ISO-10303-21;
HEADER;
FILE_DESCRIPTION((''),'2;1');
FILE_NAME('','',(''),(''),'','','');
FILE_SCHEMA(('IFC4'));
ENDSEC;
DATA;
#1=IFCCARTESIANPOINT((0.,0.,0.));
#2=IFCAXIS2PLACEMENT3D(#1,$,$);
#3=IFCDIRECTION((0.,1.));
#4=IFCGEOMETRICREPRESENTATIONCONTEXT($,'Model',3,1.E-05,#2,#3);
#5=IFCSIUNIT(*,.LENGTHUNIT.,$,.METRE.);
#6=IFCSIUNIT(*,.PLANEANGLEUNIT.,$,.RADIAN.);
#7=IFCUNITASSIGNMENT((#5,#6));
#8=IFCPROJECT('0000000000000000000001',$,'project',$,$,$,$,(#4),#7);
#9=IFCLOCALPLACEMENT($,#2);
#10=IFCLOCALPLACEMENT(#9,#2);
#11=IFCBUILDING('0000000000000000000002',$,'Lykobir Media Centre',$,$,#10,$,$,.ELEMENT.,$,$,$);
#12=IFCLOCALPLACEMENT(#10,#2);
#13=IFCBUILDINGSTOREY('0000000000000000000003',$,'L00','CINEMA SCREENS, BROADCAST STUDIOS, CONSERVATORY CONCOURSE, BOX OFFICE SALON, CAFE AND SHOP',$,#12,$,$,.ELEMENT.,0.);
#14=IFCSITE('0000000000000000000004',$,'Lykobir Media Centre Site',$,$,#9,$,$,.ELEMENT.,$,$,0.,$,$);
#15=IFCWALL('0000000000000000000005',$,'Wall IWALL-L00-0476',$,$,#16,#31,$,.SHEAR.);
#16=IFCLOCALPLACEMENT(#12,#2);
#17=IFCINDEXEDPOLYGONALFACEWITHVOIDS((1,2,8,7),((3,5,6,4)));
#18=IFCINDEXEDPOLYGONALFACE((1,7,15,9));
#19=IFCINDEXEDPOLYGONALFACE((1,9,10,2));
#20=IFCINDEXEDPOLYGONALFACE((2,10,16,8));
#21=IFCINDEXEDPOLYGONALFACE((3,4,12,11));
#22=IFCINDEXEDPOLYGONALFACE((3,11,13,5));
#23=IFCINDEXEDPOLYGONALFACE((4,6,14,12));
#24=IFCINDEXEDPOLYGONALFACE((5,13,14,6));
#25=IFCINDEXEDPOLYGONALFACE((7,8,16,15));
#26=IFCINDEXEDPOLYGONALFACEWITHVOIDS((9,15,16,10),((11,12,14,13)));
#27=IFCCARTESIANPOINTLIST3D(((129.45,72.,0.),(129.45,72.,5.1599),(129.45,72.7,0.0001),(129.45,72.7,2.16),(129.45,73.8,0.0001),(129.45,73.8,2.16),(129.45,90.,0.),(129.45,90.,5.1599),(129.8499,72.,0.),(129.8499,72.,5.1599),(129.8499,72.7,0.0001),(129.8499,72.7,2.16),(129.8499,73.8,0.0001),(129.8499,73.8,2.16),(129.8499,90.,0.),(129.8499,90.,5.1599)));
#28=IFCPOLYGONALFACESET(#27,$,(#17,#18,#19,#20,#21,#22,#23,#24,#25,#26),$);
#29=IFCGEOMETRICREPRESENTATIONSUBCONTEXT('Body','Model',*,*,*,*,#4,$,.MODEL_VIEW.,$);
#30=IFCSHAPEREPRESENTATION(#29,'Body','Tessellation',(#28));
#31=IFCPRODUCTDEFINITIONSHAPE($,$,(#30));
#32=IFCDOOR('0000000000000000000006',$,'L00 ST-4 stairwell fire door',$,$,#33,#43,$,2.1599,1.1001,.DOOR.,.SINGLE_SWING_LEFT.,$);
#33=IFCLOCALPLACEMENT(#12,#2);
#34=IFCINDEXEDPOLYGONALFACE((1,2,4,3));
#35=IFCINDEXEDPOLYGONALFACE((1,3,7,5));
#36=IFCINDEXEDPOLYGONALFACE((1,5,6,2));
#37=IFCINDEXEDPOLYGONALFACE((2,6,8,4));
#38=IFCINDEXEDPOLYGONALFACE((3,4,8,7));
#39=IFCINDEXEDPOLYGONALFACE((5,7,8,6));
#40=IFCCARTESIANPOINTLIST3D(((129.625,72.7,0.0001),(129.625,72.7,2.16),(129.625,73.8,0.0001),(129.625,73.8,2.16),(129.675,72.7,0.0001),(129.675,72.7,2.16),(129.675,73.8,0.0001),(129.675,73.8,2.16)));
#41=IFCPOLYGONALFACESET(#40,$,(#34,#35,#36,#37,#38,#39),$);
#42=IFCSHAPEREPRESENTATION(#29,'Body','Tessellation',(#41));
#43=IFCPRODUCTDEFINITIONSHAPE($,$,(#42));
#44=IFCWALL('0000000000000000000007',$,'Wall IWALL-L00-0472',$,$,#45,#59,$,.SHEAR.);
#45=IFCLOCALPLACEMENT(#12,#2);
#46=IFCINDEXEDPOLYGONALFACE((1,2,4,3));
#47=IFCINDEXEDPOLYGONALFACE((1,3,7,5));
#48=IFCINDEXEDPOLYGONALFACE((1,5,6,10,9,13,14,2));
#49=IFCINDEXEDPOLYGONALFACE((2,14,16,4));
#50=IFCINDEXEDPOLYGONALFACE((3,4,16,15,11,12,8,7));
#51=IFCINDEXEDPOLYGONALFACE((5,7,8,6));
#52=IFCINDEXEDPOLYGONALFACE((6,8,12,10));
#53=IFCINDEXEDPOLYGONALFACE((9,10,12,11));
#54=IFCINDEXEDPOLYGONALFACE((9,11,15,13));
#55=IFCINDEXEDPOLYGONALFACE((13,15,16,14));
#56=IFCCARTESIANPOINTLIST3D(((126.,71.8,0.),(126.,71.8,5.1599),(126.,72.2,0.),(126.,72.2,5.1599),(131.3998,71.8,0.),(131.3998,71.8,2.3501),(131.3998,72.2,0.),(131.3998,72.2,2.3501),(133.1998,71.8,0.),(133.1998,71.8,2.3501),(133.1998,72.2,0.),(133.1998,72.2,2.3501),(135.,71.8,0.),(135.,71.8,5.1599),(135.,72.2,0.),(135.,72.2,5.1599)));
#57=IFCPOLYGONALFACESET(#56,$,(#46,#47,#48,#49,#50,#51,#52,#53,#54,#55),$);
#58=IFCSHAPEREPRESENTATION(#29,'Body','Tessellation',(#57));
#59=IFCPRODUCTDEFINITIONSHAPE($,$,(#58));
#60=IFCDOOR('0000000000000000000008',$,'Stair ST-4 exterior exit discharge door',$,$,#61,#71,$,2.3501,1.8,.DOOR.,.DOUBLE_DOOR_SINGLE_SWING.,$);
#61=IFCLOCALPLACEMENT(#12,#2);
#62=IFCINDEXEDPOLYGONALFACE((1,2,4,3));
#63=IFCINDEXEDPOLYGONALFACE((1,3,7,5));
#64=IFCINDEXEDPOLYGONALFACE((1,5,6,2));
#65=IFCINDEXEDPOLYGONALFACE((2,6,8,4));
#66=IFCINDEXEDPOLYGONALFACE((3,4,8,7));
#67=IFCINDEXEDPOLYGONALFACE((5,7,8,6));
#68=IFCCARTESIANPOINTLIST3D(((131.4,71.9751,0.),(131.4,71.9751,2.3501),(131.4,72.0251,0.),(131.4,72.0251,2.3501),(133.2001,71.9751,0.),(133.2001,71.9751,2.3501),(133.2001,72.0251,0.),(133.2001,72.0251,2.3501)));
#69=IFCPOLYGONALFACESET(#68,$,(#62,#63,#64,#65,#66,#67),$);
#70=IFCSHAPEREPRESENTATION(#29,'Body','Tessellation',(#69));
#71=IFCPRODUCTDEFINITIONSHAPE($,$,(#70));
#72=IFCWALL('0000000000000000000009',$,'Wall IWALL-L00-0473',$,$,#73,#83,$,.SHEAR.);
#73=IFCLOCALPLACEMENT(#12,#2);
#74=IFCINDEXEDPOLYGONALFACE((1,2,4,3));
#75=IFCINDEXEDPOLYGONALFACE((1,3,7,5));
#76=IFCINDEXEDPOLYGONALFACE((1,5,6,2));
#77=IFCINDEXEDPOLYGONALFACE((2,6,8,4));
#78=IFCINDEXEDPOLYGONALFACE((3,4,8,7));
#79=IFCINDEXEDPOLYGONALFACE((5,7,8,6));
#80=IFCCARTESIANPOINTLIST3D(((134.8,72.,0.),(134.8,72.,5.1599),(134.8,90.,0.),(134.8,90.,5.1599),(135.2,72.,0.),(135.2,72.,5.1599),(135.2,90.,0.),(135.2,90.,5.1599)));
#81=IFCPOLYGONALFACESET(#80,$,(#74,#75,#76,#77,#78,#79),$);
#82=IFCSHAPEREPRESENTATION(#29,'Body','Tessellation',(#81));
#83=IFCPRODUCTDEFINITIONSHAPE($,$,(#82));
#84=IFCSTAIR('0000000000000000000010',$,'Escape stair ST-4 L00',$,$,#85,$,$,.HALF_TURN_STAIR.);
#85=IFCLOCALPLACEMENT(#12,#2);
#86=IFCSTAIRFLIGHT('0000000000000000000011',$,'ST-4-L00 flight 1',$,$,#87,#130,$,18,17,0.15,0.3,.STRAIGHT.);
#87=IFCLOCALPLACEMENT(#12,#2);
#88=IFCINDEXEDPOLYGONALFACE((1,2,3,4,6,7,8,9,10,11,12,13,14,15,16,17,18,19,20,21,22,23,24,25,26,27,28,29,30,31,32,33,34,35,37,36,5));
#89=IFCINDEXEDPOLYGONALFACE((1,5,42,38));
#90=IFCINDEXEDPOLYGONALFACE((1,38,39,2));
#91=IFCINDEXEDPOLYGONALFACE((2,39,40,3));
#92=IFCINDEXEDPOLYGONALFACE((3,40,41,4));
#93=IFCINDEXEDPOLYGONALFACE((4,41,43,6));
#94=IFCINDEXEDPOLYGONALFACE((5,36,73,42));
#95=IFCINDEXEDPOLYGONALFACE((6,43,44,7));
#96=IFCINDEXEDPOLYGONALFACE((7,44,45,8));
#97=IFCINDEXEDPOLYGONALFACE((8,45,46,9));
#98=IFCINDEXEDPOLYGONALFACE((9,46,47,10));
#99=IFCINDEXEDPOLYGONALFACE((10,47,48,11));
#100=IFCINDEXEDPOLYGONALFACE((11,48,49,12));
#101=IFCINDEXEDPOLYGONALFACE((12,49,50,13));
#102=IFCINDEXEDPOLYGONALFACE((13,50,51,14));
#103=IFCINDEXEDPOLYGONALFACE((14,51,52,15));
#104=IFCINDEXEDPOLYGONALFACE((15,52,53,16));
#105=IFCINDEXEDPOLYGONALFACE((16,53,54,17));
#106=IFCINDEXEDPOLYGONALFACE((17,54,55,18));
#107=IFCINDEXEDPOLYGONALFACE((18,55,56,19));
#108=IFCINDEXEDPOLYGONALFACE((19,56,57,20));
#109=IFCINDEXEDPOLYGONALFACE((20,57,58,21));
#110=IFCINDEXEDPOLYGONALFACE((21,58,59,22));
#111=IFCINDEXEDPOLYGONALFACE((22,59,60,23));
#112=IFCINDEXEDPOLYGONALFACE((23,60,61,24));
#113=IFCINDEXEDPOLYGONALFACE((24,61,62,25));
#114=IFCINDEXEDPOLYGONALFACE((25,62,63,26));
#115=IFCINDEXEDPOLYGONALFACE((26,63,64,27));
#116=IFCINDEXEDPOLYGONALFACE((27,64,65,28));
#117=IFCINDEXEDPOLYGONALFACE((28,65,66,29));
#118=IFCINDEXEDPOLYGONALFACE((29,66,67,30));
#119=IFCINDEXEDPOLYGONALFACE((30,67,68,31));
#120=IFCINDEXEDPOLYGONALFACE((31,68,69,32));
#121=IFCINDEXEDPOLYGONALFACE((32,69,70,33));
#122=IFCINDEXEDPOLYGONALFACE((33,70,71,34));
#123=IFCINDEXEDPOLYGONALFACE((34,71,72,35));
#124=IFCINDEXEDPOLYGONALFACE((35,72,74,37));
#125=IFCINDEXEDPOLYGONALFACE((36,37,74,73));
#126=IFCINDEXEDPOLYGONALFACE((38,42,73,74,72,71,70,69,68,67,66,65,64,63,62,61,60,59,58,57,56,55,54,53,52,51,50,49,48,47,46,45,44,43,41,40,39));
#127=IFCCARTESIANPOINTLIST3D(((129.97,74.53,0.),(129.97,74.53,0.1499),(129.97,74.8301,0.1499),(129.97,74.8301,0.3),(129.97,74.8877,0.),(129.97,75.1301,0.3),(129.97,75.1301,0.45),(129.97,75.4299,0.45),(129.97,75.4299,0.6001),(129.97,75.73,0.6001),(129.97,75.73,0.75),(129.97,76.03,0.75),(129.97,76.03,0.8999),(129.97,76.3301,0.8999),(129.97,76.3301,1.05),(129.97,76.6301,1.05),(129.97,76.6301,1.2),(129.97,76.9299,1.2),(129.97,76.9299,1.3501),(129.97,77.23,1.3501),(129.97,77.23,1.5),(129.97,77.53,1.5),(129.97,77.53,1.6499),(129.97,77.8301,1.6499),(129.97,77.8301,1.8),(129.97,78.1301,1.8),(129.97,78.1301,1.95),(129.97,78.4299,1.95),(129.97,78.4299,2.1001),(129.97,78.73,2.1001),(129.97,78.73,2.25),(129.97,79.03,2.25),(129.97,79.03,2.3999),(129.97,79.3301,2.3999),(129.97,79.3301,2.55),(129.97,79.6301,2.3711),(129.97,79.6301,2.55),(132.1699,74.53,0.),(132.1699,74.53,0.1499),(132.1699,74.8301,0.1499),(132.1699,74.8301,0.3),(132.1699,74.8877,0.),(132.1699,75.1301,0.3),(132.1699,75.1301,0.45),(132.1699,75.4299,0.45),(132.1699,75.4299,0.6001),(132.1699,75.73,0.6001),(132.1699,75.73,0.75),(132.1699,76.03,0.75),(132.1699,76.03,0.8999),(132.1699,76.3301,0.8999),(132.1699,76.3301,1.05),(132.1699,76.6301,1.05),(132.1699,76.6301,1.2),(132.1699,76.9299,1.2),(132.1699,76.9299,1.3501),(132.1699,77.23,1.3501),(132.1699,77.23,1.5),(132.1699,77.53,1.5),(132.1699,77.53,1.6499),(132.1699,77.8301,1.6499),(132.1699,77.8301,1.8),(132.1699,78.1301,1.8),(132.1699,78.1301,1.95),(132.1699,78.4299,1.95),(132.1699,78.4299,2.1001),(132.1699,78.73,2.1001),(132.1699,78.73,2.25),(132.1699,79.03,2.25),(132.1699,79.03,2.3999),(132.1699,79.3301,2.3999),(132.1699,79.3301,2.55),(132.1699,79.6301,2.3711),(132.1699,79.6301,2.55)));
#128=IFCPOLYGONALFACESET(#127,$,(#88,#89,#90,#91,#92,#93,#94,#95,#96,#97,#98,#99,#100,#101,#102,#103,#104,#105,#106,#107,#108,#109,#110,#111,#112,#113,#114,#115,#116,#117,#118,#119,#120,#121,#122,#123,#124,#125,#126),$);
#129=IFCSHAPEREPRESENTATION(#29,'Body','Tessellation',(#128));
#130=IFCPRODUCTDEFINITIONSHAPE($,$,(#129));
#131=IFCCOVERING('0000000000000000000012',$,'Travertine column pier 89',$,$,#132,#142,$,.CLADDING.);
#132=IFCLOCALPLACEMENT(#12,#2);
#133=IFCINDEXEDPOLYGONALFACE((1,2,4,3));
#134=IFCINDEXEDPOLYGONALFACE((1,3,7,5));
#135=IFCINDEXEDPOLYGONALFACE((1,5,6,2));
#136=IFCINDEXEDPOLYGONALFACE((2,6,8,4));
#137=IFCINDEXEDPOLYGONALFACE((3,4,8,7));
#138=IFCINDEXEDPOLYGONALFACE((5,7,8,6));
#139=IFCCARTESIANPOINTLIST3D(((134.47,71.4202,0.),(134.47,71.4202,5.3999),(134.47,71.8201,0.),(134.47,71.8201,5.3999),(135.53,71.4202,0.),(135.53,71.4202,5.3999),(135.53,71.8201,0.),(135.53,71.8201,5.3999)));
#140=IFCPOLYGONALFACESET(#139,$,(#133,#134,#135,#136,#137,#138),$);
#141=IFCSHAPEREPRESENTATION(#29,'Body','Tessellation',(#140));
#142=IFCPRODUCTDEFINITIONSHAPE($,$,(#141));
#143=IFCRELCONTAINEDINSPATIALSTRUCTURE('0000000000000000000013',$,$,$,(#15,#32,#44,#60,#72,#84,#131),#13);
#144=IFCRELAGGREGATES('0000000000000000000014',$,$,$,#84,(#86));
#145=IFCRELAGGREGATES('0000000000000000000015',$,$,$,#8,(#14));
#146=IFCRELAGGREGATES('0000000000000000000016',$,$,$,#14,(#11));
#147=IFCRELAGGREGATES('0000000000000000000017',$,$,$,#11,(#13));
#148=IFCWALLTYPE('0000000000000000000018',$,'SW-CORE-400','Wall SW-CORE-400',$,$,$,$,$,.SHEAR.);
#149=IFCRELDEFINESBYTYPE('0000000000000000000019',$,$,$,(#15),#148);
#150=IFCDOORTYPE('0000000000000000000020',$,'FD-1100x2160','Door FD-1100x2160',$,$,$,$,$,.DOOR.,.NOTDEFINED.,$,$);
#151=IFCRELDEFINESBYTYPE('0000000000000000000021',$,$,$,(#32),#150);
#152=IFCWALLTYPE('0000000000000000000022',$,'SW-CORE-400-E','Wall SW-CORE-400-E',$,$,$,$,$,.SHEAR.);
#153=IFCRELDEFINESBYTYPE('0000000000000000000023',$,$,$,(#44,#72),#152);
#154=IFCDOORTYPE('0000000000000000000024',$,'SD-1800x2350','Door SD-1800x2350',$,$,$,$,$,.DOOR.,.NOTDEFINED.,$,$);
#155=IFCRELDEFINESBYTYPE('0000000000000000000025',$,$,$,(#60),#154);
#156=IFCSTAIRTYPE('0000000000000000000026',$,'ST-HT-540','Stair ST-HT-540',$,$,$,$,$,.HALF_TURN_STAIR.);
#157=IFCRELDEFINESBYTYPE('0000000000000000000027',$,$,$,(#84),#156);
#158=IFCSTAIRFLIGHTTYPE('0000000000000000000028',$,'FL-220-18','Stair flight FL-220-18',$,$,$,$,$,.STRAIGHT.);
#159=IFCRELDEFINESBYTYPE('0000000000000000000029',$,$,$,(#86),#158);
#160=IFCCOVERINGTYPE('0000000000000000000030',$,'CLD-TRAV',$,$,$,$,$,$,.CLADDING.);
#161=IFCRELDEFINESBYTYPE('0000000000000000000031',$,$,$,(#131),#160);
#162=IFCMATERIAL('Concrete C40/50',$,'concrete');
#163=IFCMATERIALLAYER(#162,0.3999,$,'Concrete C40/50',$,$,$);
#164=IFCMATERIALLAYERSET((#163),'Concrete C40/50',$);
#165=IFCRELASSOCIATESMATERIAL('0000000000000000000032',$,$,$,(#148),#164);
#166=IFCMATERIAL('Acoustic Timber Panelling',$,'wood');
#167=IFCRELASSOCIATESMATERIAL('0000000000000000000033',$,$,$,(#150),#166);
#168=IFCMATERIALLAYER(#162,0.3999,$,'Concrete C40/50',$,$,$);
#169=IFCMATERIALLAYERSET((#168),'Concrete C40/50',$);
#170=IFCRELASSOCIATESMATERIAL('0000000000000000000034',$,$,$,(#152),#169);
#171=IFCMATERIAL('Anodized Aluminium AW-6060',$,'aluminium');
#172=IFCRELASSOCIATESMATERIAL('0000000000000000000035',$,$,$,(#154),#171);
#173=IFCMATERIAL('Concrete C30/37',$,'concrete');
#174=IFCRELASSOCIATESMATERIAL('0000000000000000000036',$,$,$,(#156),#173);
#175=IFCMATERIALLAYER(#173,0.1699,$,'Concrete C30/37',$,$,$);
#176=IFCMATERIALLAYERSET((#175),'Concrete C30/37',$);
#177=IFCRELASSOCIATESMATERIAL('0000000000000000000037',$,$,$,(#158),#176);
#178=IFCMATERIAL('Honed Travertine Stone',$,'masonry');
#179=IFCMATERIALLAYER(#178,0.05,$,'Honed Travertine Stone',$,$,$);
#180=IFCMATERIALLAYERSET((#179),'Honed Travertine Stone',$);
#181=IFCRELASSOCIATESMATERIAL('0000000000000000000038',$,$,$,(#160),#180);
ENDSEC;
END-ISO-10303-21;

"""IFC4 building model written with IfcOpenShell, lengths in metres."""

from ifc_helpers import new_model, si_unit, direction, frame, frame_2d, origin, origin_2d, place, context, subcontext, project, spatial, polyline, rectangle, outline, extrude, material, layer, layer_set, type_object, element, fill, aggregate, save


model = new_model("IFC4")

# Units and contexts
model_context = context("Model", 3, precision=1e-05, world=origin(), true_north=direction((0.0, 1.0)))
body_context = subcontext(model_context, "Body", "Model", "MODEL_VIEW")
ifc_project = project(units=[si_unit("LENGTHUNIT", "METRE"), si_unit("PLANEANGLEUNIT", "RADIAN")], contexts=[model_context])

# Site, building, storey
site_placement = place(None, origin())
site = spatial("IfcSite", under=ifc_project, at=site_placement, Name="Lykobir Media Centre Site", CompositionType="ELEMENT", RefElevation=0.0)
building_placement = place(site_placement, origin())
building = spatial("IfcBuilding", under=site, at=building_placement, Name="Lykobir Media Centre", CompositionType="ELEMENT")
storey_placement = place(building_placement, origin())
storey = spatial("IfcBuildingStorey", under=building, at=storey_placement, Name="L00", Description="CINEMA SCREENS, BROADCAST STUDIOS, CONSERVATORY CONCOURSE, BOX OFFICE SALON, CAFE AND SHOP", CompositionType="ELEMENT", Elevation=0.0)

# Shared definitions
ifc_material_1 = material(Name="Concrete C40/50", Category="concrete")

# Shared definitions
ifc_material_2 = material(Name="Anodized Aluminium AW-6060", Category="aluminium")

# Walls, openings, doors
ifc_layer_1 = layer(ifc_material_1, 0.3999, Name="Concrete C40/50")
ifc_layer_set_1 = layer_set([ifc_layer_1], Name="Concrete C40/50")
wall_type_1 = type_object("IfcWallType", Name="SW-CORE-400", Description="Wall SW-CORE-400", PredefinedType="SHEAR", material=ifc_layer_set_1)
wall_1_placement = place(storey_placement, frame((129.6499, 72.0, 0.0), z_axis=(0.0, 0.0, 1.0), x_axis=(0.0, 1.0, 0.0)))
wall_1 = element("IfcWall", 1, at=wall_1_placement, inside=storey, type_object=wall_type_1, Name="Wall IWALL-L00-0476", PredefinedType="SHEAR", context=body_context, shape_type="SweptSolid", body=[
    extrude(rectangle(XDim=18.0, YDim=0.3999, at=frame_2d((9.0, 0.0))), origin(), (0.0, 0.0, 1.0), 5.1599),
])
opening_1_placement = place(wall_1_placement, frame((0.7, 0.0, 0.0)))
opening_1 = element("IfcOpeningElement", 2, at=opening_1_placement, cuts=wall_1, PredefinedType="OPENING", context=body_context, shape_type="SweptSolid", body=[
    extrude(rectangle(XDim=1.1001, YDim=2.1599, at=frame_2d((0.55, 1.0801))), frame((0.0, 0.21, 0.0), z_axis=(0.0, -1.0, 0.0), x_axis=(1.0, 0.0, 0.0)), (0.0, 0.0, 1.0), 0.4199),
])
ifc_material_3 = material(Name="Acoustic Timber Panelling", Category="wood")
door_type_1 = type_object("IfcDoorType", Name="FD-1100x2160", Description="Door FD-1100x2160", OperationType="NOTDEFINED", PredefinedType="DOOR", material=ifc_material_3)
door_1_placement = place(opening_1_placement, origin())
door_1 = element("IfcDoor", 3, at=door_1_placement, inside=storey, type_object=door_type_1, Name="L00 ST-4 stairwell fire door", OperationType="SINGLE_SWING_LEFT", OverallHeight=2.1599, OverallWidth=1.1001, PredefinedType="DOOR", context=body_context, shape_type="SweptSolid", body=[
    extrude(rectangle(XDim=1.1001, YDim=2.1599, at=frame_2d((0.55, 1.0801))), frame((0.0, 0.0249, 0.0), z_axis=(0.0, -1.0, 0.0), x_axis=(1.0, 0.0, 0.0)), (0.0, 0.0, 1.0), 0.05),
])
fill(opening_1, door_1)
ifc_layer_2 = layer(ifc_material_1, 0.3999, Name="Concrete C40/50")
ifc_layer_set_2 = layer_set([ifc_layer_2], Name="Concrete C40/50")
wall_type_2 = type_object("IfcWallType", Name="SW-CORE-400-E", Description="Wall SW-CORE-400-E", PredefinedType="SHEAR", material=ifc_layer_set_2)
wall_2_placement = place(storey_placement, frame((126.0, 72.0, 0.0), z_axis=(0.0, 0.0, 1.0), x_axis=(1.0, 0.0, 0.0)))
wall_2 = element("IfcWall", 4, at=wall_2_placement, inside=storey, type_object=wall_type_2, Name="Wall IWALL-L00-0472", PredefinedType="SHEAR", context=body_context, shape_type="SweptSolid", body=[
    extrude(rectangle(XDim=9.0, YDim=0.3999, at=frame_2d((4.5, 0.0))), origin(), (0.0, 0.0, 1.0), 5.1599),
])
opening_2_placement = place(wall_2_placement, frame((5.3999, 0.0, 0.0)))
opening_2 = element("IfcOpeningElement", 5, at=opening_2_placement, cuts=wall_2, PredefinedType="OPENING", context=body_context, shape_type="SweptSolid", body=[
    extrude(rectangle(XDim=1.8, YDim=2.3501, at=frame_2d((0.8999, 1.175))), frame((0.0, 0.21, 0.0), z_axis=(0.0, -1.0, 0.0), x_axis=(1.0, 0.0, 0.0)), (0.0, 0.0, 1.0), 0.4199),
])
door_type_2 = type_object("IfcDoorType", Name="SD-1800x2350", Description="Door SD-1800x2350", OperationType="NOTDEFINED", PredefinedType="DOOR", material=ifc_material_2)
door_2_placement = place(opening_2_placement, frame((1.8, 0.0, 0.0), z_axis=(0.0, 0.0, 1.0), x_axis=(-1.0, 0.0, 0.0)))
door_2 = element("IfcDoor", 6, at=door_2_placement, inside=storey, type_object=door_type_2, Name="Stair ST-4 exterior exit discharge door", OperationType="DOUBLE_DOOR_SINGLE_SWING", OverallHeight=2.3501, OverallWidth=1.8, PredefinedType="DOOR", context=body_context, shape_type="SweptSolid", body=[
    extrude(rectangle(XDim=1.8, YDim=2.3501, at=frame_2d((0.8999, 1.175))), frame((0.0, 0.0249, 0.0), z_axis=(0.0, -1.0, 0.0), x_axis=(1.0, 0.0, 0.0)), (0.0, 0.0, 1.0), 0.05),
])
fill(opening_2, door_2)

# Wall
wall_3_placement = place(storey_placement, frame((135.0, 72.0, 0.0), z_axis=(0.0, 0.0, 1.0), x_axis=(0.0, 1.0, 0.0)))
element("IfcWall", 7, at=wall_3_placement, inside=storey, type_object=wall_type_2, Name="Wall IWALL-L00-0473", PredefinedType="SHEAR", context=body_context, shape_type="SweptSolid", body=[
    extrude(rectangle(XDim=18.0, YDim=0.3999, at=frame_2d((9.0, 0.0))), origin(), (0.0, 0.0, 1.0), 5.1599),
])

# Stair, stair flight
ifc_material_4 = material(Name="Concrete C30/37", Category="concrete")
stair_type = type_object("IfcStairType", Name="ST-HT-540", Description="Stair ST-HT-540", PredefinedType="HALF_TURN_STAIR", material=ifc_material_4)
stair_placement = place(storey_placement, origin())
stair = element("IfcStair", 8, at=stair_placement, inside=storey, type_object=stair_type, Name="Escape stair ST-4 L00", PredefinedType="HALF_TURN_STAIR")
ifc_layer_3 = layer(ifc_material_4, 0.1699, Name="Concrete C30/37")
ifc_layer_set_3 = layer_set([ifc_layer_3], Name="Concrete C30/37")
stair_flight_type = type_object("IfcStairFlightType", Name="FL-220-18", Description="Stair flight FL-220-18", PredefinedType="STRAIGHT", material=ifc_layer_set_3)
stair_flight_placement = place(storey_placement, frame((131.0701, 74.53, 0.0), z_axis=(0.0, 0.0, 1.0), x_axis=(0.0, 1.0, 0.0)))
stair_flight = element("IfcStairFlight", 9, at=stair_flight_placement, type_object=stair_flight_type, Name="ST-4-L00 flight 1", NumberOfRisers=18, NumberOfTreads=17, PredefinedType="STRAIGHT", RiserHeight=0.15, TreadLength=0.3, context=body_context, shape_type="SweptSolid", body=[
    extrude(outline(polyline([(0.0, 0.0), (0.0, 0.1499), (0.3, 0.1499), (0.3, 0.3), (0.6001, 0.3), (0.6001, 0.45), (0.8999, 0.45), (0.8999, 0.6001), (1.2, 0.6001), (1.2, 0.75), (1.5, 0.75), (1.5, 0.8999), (1.8, 0.8999), (1.8, 1.05), (2.1001, 1.05), (2.1001, 1.2), (2.3999, 1.2), (2.3999, 1.3501), (2.7, 1.3501), (2.7, 1.5), (3.0, 1.5), (3.0, 1.6499), (3.3, 1.6499), (3.3, 1.8), (3.6001, 1.8), (3.6001, 1.95), (3.8999, 1.95), (3.8999, 2.1001), (4.2, 2.1001), (4.2, 2.25), (4.5, 2.25), (4.5, 2.3999), (4.8, 2.3999), (4.8, 2.55), (5.1001, 2.55), (5.1001, 2.7), (5.1001, 2.3711), (0.3577, 0.0), (0.0, 0.0)])), frame((0.0, 1.1001, 0.0), z_axis=(0.0, -1.0, 0.0), x_axis=(1.0, 0.0, 0.0)), (0.0, 0.0, 1.0), 2.2),
])
aggregate(stair, [stair_flight])

# Covering
ifc_material_5 = material(Name="Honed Travertine Stone", Category="masonry")
ifc_layer_4 = layer(ifc_material_5, 0.05, Name="Honed Travertine Stone")
ifc_layer_set_4 = layer_set([ifc_layer_4], Name="Honed Travertine Stone")
covering_type = type_object("IfcCoveringType", Name="CLD-TRAV", PredefinedType="CLADDING", material=ifc_layer_set_4)
covering_placement = place(storey_placement, frame((135.0, 71.6201, 0.0), z_axis=(0.0, 0.0, 1.0), x_axis=(1.0, 0.0, 0.0)))
element("IfcCovering", 10, at=covering_placement, inside=storey, type_object=covering_type, Name="Travertine column pier 89", PredefinedType="CLADDING", context=body_context, shape_type="SweptSolid", body=[
    extrude(rectangle(XDim=1.0601, YDim=0.3999, at=origin_2d()), origin(), (0.0, 0.0, 1.0), 5.3999),
])

save(model, "model.ifc")
